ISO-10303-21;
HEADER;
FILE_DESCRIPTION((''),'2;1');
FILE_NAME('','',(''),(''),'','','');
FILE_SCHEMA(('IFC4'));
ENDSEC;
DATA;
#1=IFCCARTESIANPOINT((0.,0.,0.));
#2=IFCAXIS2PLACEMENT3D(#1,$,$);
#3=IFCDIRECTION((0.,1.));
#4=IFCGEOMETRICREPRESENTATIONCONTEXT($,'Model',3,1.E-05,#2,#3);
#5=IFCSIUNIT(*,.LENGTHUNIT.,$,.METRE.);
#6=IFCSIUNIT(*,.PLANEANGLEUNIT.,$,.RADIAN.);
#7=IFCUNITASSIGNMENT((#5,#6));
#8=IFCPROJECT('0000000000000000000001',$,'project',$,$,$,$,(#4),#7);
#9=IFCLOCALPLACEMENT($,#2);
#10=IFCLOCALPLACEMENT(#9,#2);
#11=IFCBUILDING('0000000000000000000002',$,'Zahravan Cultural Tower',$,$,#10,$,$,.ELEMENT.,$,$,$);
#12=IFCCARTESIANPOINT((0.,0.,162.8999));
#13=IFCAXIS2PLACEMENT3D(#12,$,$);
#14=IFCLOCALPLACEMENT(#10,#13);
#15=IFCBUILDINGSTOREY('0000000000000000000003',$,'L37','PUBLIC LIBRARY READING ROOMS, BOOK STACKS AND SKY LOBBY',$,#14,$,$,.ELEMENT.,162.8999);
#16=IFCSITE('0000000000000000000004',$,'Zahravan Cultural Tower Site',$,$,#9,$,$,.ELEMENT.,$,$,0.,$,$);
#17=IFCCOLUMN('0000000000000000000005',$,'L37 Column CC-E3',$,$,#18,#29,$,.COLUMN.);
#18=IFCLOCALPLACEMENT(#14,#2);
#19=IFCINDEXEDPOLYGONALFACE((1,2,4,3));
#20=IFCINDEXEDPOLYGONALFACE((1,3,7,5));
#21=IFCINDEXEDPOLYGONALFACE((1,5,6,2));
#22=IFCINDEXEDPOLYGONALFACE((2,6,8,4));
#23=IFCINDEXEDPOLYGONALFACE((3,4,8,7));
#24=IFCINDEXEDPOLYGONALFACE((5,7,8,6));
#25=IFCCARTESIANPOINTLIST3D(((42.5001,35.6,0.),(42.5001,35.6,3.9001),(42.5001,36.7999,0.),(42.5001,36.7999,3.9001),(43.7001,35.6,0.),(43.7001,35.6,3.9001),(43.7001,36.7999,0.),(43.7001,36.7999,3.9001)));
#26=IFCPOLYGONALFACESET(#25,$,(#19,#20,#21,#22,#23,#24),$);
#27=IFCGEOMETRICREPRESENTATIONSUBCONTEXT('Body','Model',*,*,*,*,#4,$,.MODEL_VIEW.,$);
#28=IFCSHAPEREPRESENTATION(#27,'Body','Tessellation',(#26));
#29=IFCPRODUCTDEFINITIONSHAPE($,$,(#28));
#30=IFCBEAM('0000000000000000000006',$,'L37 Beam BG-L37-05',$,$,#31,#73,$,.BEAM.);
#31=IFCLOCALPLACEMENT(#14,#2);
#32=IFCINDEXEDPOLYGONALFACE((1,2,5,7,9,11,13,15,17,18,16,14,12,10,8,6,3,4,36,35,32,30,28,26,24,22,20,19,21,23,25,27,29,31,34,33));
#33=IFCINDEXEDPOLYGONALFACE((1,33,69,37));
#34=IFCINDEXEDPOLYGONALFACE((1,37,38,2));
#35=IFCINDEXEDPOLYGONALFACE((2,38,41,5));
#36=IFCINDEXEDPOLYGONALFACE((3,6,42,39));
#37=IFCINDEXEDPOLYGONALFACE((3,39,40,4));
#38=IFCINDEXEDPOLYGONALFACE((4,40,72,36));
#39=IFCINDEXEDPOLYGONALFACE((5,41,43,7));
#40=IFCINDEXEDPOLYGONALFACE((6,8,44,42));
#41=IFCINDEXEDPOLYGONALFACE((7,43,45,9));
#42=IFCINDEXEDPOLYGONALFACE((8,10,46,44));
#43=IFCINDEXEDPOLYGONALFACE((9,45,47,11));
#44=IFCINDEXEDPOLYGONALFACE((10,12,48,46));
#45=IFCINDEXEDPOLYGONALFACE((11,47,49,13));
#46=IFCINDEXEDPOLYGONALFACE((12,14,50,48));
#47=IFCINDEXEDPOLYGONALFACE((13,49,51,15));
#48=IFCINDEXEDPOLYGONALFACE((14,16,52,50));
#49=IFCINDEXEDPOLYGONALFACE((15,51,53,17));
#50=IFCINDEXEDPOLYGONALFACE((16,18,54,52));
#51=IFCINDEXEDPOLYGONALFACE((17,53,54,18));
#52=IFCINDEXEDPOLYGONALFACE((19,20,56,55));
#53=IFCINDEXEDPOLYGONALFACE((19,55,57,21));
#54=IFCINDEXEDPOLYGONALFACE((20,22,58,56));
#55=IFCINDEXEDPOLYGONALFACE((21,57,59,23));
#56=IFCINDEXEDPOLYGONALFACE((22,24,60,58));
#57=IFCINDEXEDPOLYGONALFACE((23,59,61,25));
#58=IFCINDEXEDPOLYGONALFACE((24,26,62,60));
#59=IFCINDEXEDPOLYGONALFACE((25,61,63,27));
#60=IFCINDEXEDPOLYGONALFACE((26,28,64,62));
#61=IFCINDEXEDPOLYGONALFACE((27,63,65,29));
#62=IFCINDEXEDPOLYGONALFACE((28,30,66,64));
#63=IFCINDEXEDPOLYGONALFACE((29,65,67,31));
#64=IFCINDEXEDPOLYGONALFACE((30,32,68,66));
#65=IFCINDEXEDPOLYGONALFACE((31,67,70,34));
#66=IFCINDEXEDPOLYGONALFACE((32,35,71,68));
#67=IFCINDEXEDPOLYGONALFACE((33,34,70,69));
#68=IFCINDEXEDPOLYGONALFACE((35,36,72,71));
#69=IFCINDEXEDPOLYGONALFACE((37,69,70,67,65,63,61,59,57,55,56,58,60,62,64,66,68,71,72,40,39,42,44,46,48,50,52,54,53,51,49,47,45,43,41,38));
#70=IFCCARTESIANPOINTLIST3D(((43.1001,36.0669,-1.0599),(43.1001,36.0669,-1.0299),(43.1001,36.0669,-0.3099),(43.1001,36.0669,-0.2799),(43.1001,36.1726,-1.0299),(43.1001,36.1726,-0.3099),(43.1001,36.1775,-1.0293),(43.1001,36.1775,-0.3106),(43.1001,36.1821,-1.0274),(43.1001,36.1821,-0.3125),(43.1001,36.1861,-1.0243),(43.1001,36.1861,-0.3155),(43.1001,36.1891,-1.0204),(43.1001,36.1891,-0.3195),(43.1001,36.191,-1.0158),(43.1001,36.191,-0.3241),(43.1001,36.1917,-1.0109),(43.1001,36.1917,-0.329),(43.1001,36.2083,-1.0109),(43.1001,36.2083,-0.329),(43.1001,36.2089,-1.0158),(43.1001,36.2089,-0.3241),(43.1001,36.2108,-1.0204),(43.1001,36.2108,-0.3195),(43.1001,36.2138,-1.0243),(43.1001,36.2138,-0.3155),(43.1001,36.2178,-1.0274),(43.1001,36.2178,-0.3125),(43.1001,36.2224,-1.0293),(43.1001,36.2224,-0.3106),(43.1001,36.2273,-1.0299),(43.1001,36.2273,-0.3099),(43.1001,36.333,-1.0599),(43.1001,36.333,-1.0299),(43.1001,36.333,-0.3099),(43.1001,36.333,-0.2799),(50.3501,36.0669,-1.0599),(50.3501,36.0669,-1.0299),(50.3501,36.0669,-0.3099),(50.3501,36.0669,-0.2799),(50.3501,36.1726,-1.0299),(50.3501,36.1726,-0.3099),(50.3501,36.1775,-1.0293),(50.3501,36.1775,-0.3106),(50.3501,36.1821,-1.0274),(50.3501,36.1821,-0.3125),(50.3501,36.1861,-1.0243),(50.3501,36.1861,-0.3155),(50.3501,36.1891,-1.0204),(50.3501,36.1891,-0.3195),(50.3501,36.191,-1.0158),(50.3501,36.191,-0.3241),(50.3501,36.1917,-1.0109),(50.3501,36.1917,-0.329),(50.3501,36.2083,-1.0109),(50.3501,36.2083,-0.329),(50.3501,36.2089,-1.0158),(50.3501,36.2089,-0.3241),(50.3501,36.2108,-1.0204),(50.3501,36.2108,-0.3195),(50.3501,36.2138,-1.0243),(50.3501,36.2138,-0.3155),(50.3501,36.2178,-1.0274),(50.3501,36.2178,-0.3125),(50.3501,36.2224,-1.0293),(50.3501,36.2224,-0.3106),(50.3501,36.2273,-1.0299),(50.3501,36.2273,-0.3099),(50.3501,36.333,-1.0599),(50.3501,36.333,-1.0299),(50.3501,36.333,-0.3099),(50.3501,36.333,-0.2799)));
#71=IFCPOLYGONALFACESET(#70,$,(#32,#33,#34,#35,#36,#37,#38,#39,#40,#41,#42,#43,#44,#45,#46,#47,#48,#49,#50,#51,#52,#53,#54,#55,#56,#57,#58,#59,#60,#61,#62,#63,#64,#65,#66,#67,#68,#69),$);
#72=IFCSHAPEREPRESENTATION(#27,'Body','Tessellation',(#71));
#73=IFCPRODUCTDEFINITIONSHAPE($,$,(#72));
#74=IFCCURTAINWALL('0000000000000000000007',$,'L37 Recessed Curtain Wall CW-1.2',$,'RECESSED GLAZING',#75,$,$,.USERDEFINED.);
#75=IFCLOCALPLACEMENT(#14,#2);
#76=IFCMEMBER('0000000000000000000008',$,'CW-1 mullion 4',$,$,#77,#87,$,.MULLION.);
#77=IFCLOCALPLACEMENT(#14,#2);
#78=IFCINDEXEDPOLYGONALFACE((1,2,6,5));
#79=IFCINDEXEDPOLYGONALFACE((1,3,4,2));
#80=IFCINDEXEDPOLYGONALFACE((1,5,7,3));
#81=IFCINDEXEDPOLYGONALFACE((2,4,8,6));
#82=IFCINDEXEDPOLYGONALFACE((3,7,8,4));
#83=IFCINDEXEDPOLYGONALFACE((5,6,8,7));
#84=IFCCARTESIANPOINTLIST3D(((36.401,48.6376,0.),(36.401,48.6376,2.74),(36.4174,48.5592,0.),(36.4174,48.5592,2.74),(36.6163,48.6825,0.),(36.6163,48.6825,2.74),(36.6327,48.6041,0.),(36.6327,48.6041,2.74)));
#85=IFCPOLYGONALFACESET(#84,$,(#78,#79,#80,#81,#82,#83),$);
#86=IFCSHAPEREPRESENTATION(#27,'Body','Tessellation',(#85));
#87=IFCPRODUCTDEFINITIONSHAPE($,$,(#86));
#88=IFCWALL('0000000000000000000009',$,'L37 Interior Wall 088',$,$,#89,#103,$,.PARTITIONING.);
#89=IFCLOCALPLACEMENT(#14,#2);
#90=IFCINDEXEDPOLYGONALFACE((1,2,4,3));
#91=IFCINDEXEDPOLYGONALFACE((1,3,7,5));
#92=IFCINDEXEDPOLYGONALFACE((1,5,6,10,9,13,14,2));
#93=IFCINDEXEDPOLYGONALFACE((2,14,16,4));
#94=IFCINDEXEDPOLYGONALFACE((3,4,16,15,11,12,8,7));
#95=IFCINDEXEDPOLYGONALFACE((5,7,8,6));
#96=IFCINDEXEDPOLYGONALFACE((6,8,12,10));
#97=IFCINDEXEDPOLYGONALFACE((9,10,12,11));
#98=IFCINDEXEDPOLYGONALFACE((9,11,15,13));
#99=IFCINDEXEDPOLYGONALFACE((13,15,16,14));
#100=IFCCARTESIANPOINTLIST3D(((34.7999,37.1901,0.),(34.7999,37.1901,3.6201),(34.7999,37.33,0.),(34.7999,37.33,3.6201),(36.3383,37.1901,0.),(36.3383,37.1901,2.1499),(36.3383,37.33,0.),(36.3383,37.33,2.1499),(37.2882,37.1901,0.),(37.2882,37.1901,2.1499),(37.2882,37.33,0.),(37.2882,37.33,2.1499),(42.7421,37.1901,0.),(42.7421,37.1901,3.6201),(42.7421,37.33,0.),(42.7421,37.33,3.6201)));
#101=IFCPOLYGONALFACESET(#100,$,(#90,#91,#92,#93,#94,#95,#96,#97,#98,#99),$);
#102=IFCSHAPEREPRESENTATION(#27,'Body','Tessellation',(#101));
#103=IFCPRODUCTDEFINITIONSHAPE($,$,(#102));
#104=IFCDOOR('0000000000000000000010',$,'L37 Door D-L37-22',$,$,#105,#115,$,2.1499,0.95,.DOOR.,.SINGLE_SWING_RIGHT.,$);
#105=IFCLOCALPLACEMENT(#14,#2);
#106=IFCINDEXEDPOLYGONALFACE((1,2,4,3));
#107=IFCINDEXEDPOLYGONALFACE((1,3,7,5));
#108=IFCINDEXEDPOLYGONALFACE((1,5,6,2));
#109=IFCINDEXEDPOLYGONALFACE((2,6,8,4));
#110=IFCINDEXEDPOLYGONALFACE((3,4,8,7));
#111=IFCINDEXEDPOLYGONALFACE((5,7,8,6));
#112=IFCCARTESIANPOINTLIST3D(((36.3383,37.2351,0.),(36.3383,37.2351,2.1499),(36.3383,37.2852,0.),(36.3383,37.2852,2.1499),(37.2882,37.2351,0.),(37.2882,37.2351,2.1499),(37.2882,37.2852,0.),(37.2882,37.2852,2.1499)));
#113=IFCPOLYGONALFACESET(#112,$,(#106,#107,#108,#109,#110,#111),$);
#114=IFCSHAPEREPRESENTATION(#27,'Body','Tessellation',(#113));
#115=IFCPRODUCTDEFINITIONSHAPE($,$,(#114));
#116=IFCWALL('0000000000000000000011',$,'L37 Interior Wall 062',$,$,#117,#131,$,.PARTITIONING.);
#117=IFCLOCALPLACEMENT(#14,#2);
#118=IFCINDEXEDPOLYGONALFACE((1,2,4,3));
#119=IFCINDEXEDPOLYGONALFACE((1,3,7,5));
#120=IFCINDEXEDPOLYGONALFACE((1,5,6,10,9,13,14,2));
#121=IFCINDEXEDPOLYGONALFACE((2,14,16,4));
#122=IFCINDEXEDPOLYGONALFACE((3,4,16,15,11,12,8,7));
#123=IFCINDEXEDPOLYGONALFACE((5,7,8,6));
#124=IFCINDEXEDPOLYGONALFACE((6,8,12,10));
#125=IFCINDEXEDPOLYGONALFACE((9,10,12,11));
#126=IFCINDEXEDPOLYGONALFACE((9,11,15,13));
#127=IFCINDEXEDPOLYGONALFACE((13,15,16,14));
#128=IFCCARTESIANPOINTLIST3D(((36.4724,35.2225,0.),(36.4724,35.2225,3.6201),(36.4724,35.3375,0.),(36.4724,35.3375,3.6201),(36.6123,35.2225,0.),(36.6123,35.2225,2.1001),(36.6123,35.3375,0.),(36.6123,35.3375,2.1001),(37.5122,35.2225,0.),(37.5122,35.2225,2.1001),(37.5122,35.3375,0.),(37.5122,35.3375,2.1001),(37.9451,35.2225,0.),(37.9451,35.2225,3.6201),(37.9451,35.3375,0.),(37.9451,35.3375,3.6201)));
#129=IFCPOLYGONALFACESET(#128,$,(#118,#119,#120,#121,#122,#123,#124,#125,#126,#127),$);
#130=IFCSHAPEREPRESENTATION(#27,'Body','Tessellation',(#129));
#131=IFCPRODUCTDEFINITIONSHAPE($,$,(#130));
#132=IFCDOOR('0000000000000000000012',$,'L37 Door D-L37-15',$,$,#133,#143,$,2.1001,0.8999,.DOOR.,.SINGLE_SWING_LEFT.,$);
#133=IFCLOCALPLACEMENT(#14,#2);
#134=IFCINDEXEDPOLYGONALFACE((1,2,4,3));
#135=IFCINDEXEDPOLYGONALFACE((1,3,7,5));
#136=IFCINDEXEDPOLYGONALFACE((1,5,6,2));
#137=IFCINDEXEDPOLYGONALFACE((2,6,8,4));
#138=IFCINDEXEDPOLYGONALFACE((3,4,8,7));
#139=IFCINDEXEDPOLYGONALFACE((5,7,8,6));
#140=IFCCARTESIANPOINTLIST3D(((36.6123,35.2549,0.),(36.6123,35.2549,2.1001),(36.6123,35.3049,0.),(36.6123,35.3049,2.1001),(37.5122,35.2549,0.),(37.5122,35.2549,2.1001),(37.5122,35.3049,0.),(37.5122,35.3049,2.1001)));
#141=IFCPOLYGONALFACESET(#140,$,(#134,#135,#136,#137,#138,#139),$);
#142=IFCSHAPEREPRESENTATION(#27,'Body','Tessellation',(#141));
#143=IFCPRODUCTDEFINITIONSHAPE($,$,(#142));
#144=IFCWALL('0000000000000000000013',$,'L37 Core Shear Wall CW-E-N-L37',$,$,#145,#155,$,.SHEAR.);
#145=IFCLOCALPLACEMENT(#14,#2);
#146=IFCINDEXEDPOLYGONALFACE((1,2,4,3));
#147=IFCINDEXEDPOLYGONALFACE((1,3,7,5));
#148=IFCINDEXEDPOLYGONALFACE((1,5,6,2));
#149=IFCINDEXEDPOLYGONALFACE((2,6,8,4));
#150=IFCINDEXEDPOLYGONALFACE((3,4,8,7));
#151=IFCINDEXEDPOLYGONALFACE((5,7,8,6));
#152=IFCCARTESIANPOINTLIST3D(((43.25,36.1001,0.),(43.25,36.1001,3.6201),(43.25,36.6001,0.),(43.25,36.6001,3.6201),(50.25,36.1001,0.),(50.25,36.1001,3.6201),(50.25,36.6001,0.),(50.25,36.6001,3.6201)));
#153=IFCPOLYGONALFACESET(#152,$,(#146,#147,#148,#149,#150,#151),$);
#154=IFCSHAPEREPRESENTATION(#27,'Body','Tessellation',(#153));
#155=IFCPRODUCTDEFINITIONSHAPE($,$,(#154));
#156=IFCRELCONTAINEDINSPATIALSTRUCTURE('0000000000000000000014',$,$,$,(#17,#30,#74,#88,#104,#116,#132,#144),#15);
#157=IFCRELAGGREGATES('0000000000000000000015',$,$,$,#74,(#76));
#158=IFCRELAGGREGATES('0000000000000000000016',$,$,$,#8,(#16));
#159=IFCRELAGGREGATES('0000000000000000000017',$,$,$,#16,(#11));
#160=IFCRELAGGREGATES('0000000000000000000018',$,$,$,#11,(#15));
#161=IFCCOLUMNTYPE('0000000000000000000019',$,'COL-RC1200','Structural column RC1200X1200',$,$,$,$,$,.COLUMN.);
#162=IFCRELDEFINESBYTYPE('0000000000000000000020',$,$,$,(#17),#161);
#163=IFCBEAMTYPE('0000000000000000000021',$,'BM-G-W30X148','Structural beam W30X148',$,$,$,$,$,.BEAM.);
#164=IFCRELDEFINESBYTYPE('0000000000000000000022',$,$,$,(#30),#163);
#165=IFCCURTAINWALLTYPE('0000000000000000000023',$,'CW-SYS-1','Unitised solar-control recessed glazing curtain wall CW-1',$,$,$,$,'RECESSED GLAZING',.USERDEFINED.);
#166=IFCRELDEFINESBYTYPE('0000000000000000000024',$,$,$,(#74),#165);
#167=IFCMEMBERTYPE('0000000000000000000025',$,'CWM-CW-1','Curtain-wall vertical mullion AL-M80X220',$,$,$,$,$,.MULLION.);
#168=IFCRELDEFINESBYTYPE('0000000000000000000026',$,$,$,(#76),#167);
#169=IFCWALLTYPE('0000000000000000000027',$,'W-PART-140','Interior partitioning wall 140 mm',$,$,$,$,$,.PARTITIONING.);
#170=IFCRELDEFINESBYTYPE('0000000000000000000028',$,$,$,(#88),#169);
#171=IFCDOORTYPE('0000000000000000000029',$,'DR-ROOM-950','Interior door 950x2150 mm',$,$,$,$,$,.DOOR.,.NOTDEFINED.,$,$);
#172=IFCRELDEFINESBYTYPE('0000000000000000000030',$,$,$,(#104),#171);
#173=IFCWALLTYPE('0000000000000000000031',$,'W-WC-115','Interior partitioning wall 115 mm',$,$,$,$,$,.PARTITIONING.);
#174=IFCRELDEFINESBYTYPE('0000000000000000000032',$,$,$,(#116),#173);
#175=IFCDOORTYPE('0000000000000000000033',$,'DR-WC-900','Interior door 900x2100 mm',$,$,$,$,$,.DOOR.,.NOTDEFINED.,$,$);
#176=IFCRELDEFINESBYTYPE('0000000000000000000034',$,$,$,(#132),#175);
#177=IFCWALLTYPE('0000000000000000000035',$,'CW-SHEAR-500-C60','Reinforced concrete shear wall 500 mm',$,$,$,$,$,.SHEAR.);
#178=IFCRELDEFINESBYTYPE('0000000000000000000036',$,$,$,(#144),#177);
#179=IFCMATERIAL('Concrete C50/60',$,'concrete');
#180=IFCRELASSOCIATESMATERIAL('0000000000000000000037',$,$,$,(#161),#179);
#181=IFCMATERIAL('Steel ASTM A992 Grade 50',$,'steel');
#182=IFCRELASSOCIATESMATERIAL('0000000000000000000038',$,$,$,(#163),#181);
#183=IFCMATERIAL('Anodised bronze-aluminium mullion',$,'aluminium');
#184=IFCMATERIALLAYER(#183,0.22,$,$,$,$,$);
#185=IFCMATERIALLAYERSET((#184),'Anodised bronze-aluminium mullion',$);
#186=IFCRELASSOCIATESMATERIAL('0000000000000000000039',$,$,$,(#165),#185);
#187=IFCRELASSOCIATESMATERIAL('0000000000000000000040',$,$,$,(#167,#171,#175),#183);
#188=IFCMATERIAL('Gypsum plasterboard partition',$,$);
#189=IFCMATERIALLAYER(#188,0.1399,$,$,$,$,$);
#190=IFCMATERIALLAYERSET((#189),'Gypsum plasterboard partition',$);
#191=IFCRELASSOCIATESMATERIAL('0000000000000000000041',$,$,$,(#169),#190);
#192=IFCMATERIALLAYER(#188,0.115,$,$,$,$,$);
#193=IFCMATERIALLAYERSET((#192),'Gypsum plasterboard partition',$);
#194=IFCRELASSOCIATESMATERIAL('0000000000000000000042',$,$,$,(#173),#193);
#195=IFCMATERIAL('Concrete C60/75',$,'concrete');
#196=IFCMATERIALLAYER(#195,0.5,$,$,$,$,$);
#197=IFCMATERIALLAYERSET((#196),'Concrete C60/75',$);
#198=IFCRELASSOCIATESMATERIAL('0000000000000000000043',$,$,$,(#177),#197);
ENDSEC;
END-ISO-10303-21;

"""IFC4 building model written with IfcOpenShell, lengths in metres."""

from ifc_helpers import new_model, si_unit, direction, frame, frame_2d, origin, origin_2d, place, context, subcontext, project, spatial, rectangle, i_section, extrude, source, transform, mapped, material, layer, layer_set, material_profile, profile_set, type_object, element, fill, aggregate, save


model = new_model("IFC4")

# Units and contexts
model_context = context("Model", 3, precision=1e-05, world=origin(), true_north=direction((0.0, 1.0)))
body_context = subcontext(model_context, "Body", "Model", "MODEL_VIEW")
ifc_project = project(units=[si_unit("LENGTHUNIT", "METRE"), si_unit("PLANEANGLEUNIT", "RADIAN")], contexts=[model_context])

# Site, building, storey
site_placement = place(None, origin())
site = spatial("IfcSite", under=ifc_project, at=site_placement, Name="Zahravan Cultural Tower Site", CompositionType="ELEMENT", RefElevation=0.0)
building_placement = place(site_placement, origin())
building = spatial("IfcBuilding", under=site, at=building_placement, Name="Zahravan Cultural Tower", CompositionType="ELEMENT")
storey_placement = place(building_placement, frame((0.0, 0.0, 162.8999)))
storey = spatial("IfcBuildingStorey", under=building, at=storey_placement, Name="L37", Description="PUBLIC LIBRARY READING ROOMS, BOOK STACKS AND SKY LOBBY", CompositionType="ELEMENT", Elevation=162.8999)

# Column
ifc_material_1 = material(Name="Concrete C50/60", Category="concrete")
ifc_material_profile_1 = material_profile(ifc_material_1, rectangle(XDim=1.2, YDim=1.2, at=origin_2d()), Name="RC1200X1200")
ifc_profile_set_1 = profile_set([ifc_material_profile_1], Name="Concrete C50/60")
column_type = type_object("IfcColumnType", Name="COL-RC1200", Description="Structural column RC1200X1200", PredefinedType="COLUMN", material=ifc_profile_set_1)
shared_shape_1 = source(origin(), body_context, "Body", "SweptSolid", [
    extrude(rectangle(XDim=1.2, YDim=1.2, at=origin_2d()), origin(), (0.0, 0.0, 1.0), 3.9001),
])
column_placement = place(storey_placement, frame((43.1001, 36.2, 0.0), z_axis=(0.0, 0.0, 1.0), x_axis=(1.0, 0.0, 0.0)))
element("IfcColumn", 1, at=column_placement, inside=storey, type_object=column_type, Name="L37 Column CC-E3", PredefinedType="COLUMN", context=body_context, shape_type="MappedRepresentation", body=[
    mapped(shared_shape_1, transform((0.0, 0.0, 0.0), x_axis=(1.0, 0.0, 0.0), y_axis=(0.0, 1.0, 0.0), z_axis=(0.0, 0.0, 1.0), scale=1.0)),
])

# Beam
ifc_material_2 = material(Name="Steel ASTM A992 Grade 50", Category="steel")
ifc_material_profile_2 = material_profile(ifc_material_2, i_section(OverallWidth=0.2661, OverallDepth=0.78, WebThickness=0.0166, FlangeThickness=0.03, FilletRadius=0.019, at=origin_2d()), Name="W30X148")
ifc_profile_set_2 = profile_set([ifc_material_profile_2], Name="Steel ASTM A992 Grade 50")
beam_type = type_object("IfcBeamType", Name="BM-G-W30X148", Description="Structural beam W30X148", PredefinedType="BEAM", material=ifc_profile_set_2)
shared_shape_2 = source(origin(), body_context, "Body", "SweptSolid", [
    extrude(i_section(OverallWidth=0.2661, OverallDepth=0.78, WebThickness=0.0166, FlangeThickness=0.03, FilletRadius=0.019, at=origin_2d()), origin(), (0.0, 0.0, 1.0), 7.25),
])
beam_placement = place(storey_placement, frame((43.1001, 36.2, -0.6699), z_axis=(1.0, 0.0, 0.0), x_axis=(0.0, 1.0, 0.0)))
element("IfcBeam", 2, at=beam_placement, inside=storey, type_object=beam_type, Name="L37 Beam BG-L37-05", PredefinedType="BEAM", context=body_context, shape_type="MappedRepresentation", body=[
    mapped(shared_shape_2, transform((0.0, 0.0, 0.0), x_axis=(1.0, 0.0, 0.0), y_axis=(0.0, 1.0, 0.0), z_axis=(0.0, 0.0, 1.0), scale=1.0)),
])

# Curtain wall, member
ifc_material_3 = material(Name="Anodised bronze-aluminium mullion", Category="aluminium")
ifc_layer_1 = layer(ifc_material_3, 0.22)
ifc_layer_set_1 = layer_set([ifc_layer_1], Name="Anodised bronze-aluminium mullion")
curtain_wall_type = type_object("IfcCurtainWallType", Name="CW-SYS-1", Description="Unitised solar-control recessed glazing curtain wall CW-1", ElementType="RECESSED GLAZING", PredefinedType="USERDEFINED", material=ifc_layer_set_1)
curtain_wall_placement = place(storey_placement, origin())
curtain_wall = element("IfcCurtainWall", 3, at=curtain_wall_placement, inside=storey, type_object=curtain_wall_type, Name="L37 Recessed Curtain Wall CW-1.2", ObjectType="RECESSED GLAZING", PredefinedType="USERDEFINED")
ifc_material_profile_3 = material_profile(ifc_material_3, rectangle(XDim=0.0801, YDim=0.22, at=origin_2d()), Name="AL-M80X220")
ifc_profile_set_3 = profile_set([ifc_material_profile_3], Name="Anodised bronze-aluminium mullion")
member_type = type_object("IfcMemberType", Name="CWM-CW-1", Description="Curtain-wall vertical mullion AL-M80X220", PredefinedType="MULLION", material=ifc_profile_set_3)
shared_shape_3 = source(origin(), body_context, "Body", "SweptSolid", [
    extrude(rectangle(XDim=0.0801, YDim=0.22, at=origin_2d()), origin(), (0.0, 0.0, 1.0), 2.74),
])
member_placement = place(storey_placement, frame((36.5168, 48.6208, 0.0), z_axis=(0.0, 0.0, 1.0), x_axis=(-0.204162, 0.978937, 0.0)))
member = element("IfcMember", 4, at=member_placement, type_object=member_type, Name="CW-1 mullion 4", PredefinedType="MULLION", context=body_context, shape_type="MappedRepresentation", body=[
    mapped(shared_shape_3, transform((0.0, 0.0, 0.0), x_axis=(1.0, 0.0, 0.0), y_axis=(0.0, 1.0, 0.0), z_axis=(0.0, 0.0, 1.0), scale=1.0)),
])
aggregate(curtain_wall, [member])

# Walls, openings, doors
ifc_material_4 = material(Name="Gypsum plasterboard partition")
ifc_layer_2 = layer(ifc_material_4, 0.1399)
ifc_layer_set_2 = layer_set([ifc_layer_2], Name="Gypsum plasterboard partition")
wall_type_1 = type_object("IfcWallType", Name="W-PART-140", Description="Interior partitioning wall 140 mm", PredefinedType="PARTITIONING", material=ifc_layer_set_2)
wall_1_placement = place(storey_placement, frame((42.7422, 37.26, 0.0), z_axis=(0.0, 0.0, 1.0), x_axis=(-1.0, 0.0, 0.0)))
wall_1 = element("IfcWall", 5, at=wall_1_placement, inside=storey, type_object=wall_type_1, Name="L37 Interior Wall 088", PredefinedType="PARTITIONING", context=body_context, shape_type="SweptSolid", body=[
    extrude(rectangle(XDim=7.9421, YDim=0.1399, at=frame_2d((3.9712, 0.0))), origin(), (0.0, 0.0, 1.0), 3.6201),
])
opening_1_placement = place(wall_1_placement, frame((5.4539, 0.0, 0.0)))
opening_1 = element("IfcOpeningElement", 6, at=opening_1_placement, cuts=wall_1, PredefinedType="OPENING", context=body_context, shape_type="SweptSolid", body=[
    extrude(rectangle(XDim=0.95, YDim=2.1499, at=frame_2d((0.4751, 1.075))), frame((0.0, 0.0798, 0.0), z_axis=(0.0, -1.0, 0.0), x_axis=(1.0, 0.0, 0.0)), (0.0, 0.0, 1.0), 0.1599),
])
door_type_1 = type_object("IfcDoorType", Name="DR-ROOM-950", Description="Interior door 950x2150 mm", OperationType="NOTDEFINED", PredefinedType="DOOR", material=ifc_material_3)
shared_shape_4 = source(origin(), body_context, "Body", "SweptSolid", [
    extrude(rectangle(XDim=0.95, YDim=2.1499, at=frame_2d((0.4751, 1.075))), frame((0.0, 0.0249, 0.0), z_axis=(0.0, -1.0, 0.0), x_axis=(1.0, 0.0, 0.0)), (0.0, 0.0, 1.0), 0.05),
])
door_1_placement = place(opening_1_placement, origin())
door_1 = element("IfcDoor", 7, at=door_1_placement, inside=storey, type_object=door_type_1, Name="L37 Door D-L37-22", OperationType="SINGLE_SWING_RIGHT", OverallHeight=2.1499, OverallWidth=0.95, PredefinedType="DOOR", context=body_context, shape_type="MappedRepresentation", body=[
    mapped(shared_shape_4, transform((0.0, 0.0, 0.0), x_axis=(1.0, 0.0, 0.0), y_axis=(0.0, 1.0, 0.0), z_axis=(0.0, 0.0, 1.0), scale=1.0)),
])
fill(opening_1, door_1)
ifc_layer_3 = layer(ifc_material_4, 0.115)
ifc_layer_set_3 = layer_set([ifc_layer_3], Name="Gypsum plasterboard partition")
wall_type_2 = type_object("IfcWallType", Name="W-WC-115", Description="Interior partitioning wall 115 mm", PredefinedType="PARTITIONING", material=ifc_layer_set_3)
wall_2_placement = place(storey_placement, frame((36.4724, 35.28, 0.0), z_axis=(0.0, 0.0, 1.0), x_axis=(1.0, 0.0, 0.0)))
wall_2 = element("IfcWall", 8, at=wall_2_placement, inside=storey, type_object=wall_type_2, Name="L37 Interior Wall 062", PredefinedType="PARTITIONING", context=body_context, shape_type="SweptSolid", body=[
    extrude(rectangle(XDim=1.4727, YDim=0.115, at=frame_2d((0.7363, 0.0))), origin(), (0.0, 0.0, 1.0), 3.6201),
])
opening_2_placement = place(wall_2_placement, frame((0.1399, 0.0, 0.0)))
opening_2 = element("IfcOpeningElement", 9, at=opening_2_placement, cuts=wall_2, PredefinedType="OPENING", context=body_context, shape_type="SweptSolid", body=[
    extrude(rectangle(XDim=0.8999, YDim=2.1001, at=frame_2d((0.45, 1.05))), frame((0.0, 0.0674, 0.0), z_axis=(0.0, -1.0, 0.0), x_axis=(1.0, 0.0, 0.0)), (0.0, 0.0, 1.0), 0.135),
])
door_type_2 = type_object("IfcDoorType", Name="DR-WC-900", Description="Interior door 900x2100 mm", OperationType="NOTDEFINED", PredefinedType="DOOR", material=ifc_material_3)
shared_shape_5 = source(origin(), body_context, "Body", "SweptSolid", [
    extrude(rectangle(XDim=0.8999, YDim=2.1001, at=frame_2d((0.45, 1.05))), frame((0.0, 0.0249, 0.0), z_axis=(0.0, -1.0, 0.0), x_axis=(1.0, 0.0, 0.0)), (0.0, 0.0, 1.0), 0.05),
])
door_2_placement = place(opening_2_placement, origin())
door_2 = element("IfcDoor", 10, at=door_2_placement, inside=storey, type_object=door_type_2, Name="L37 Door D-L37-15", OperationType="SINGLE_SWING_LEFT", OverallHeight=2.1001, OverallWidth=0.8999, PredefinedType="DOOR", context=body_context, shape_type="MappedRepresentation", body=[
    mapped(shared_shape_5, transform((0.0, 0.0, 0.0), x_axis=(1.0, 0.0, 0.0), y_axis=(0.0, 1.0, 0.0), z_axis=(0.0, 0.0, 1.0), scale=1.0)),
])
fill(opening_2, door_2)

# Wall
ifc_material_5 = material(Name="Concrete C60/75", Category="concrete")
ifc_layer_4 = layer(ifc_material_5, 0.5)
ifc_layer_set_4 = layer_set([ifc_layer_4], Name="Concrete C60/75")
wall_type_3 = type_object("IfcWallType", Name="CW-SHEAR-500-C60", Description="Reinforced concrete shear wall 500 mm", PredefinedType="SHEAR", material=ifc_layer_set_4)
shared_shape_6 = source(origin(), body_context, "Body", "SweptSolid", [
    extrude(rectangle(XDim=7.0, YDim=0.5, at=frame_2d((3.5, 0.0))), origin(), (0.0, 0.0, 1.0), 3.6201),
])
wall_3_placement = place(storey_placement, frame((43.25, 36.3501, 0.0), z_axis=(0.0, 0.0, 1.0), x_axis=(1.0, 0.0, 0.0)))
element("IfcWall", 11, at=wall_3_placement, inside=storey, type_object=wall_type_3, Name="L37 Core Shear Wall CW-E-N-L37", PredefinedType="SHEAR", context=body_context, shape_type="MappedRepresentation", body=[
    mapped(shared_shape_6, transform((0.0, 0.0, 0.0), x_axis=(1.0, 0.0, 0.0), y_axis=(0.0, 1.0, 0.0), z_axis=(0.0, 0.0, 1.0), scale=1.0)),
])

save(model, "model.ifc")
